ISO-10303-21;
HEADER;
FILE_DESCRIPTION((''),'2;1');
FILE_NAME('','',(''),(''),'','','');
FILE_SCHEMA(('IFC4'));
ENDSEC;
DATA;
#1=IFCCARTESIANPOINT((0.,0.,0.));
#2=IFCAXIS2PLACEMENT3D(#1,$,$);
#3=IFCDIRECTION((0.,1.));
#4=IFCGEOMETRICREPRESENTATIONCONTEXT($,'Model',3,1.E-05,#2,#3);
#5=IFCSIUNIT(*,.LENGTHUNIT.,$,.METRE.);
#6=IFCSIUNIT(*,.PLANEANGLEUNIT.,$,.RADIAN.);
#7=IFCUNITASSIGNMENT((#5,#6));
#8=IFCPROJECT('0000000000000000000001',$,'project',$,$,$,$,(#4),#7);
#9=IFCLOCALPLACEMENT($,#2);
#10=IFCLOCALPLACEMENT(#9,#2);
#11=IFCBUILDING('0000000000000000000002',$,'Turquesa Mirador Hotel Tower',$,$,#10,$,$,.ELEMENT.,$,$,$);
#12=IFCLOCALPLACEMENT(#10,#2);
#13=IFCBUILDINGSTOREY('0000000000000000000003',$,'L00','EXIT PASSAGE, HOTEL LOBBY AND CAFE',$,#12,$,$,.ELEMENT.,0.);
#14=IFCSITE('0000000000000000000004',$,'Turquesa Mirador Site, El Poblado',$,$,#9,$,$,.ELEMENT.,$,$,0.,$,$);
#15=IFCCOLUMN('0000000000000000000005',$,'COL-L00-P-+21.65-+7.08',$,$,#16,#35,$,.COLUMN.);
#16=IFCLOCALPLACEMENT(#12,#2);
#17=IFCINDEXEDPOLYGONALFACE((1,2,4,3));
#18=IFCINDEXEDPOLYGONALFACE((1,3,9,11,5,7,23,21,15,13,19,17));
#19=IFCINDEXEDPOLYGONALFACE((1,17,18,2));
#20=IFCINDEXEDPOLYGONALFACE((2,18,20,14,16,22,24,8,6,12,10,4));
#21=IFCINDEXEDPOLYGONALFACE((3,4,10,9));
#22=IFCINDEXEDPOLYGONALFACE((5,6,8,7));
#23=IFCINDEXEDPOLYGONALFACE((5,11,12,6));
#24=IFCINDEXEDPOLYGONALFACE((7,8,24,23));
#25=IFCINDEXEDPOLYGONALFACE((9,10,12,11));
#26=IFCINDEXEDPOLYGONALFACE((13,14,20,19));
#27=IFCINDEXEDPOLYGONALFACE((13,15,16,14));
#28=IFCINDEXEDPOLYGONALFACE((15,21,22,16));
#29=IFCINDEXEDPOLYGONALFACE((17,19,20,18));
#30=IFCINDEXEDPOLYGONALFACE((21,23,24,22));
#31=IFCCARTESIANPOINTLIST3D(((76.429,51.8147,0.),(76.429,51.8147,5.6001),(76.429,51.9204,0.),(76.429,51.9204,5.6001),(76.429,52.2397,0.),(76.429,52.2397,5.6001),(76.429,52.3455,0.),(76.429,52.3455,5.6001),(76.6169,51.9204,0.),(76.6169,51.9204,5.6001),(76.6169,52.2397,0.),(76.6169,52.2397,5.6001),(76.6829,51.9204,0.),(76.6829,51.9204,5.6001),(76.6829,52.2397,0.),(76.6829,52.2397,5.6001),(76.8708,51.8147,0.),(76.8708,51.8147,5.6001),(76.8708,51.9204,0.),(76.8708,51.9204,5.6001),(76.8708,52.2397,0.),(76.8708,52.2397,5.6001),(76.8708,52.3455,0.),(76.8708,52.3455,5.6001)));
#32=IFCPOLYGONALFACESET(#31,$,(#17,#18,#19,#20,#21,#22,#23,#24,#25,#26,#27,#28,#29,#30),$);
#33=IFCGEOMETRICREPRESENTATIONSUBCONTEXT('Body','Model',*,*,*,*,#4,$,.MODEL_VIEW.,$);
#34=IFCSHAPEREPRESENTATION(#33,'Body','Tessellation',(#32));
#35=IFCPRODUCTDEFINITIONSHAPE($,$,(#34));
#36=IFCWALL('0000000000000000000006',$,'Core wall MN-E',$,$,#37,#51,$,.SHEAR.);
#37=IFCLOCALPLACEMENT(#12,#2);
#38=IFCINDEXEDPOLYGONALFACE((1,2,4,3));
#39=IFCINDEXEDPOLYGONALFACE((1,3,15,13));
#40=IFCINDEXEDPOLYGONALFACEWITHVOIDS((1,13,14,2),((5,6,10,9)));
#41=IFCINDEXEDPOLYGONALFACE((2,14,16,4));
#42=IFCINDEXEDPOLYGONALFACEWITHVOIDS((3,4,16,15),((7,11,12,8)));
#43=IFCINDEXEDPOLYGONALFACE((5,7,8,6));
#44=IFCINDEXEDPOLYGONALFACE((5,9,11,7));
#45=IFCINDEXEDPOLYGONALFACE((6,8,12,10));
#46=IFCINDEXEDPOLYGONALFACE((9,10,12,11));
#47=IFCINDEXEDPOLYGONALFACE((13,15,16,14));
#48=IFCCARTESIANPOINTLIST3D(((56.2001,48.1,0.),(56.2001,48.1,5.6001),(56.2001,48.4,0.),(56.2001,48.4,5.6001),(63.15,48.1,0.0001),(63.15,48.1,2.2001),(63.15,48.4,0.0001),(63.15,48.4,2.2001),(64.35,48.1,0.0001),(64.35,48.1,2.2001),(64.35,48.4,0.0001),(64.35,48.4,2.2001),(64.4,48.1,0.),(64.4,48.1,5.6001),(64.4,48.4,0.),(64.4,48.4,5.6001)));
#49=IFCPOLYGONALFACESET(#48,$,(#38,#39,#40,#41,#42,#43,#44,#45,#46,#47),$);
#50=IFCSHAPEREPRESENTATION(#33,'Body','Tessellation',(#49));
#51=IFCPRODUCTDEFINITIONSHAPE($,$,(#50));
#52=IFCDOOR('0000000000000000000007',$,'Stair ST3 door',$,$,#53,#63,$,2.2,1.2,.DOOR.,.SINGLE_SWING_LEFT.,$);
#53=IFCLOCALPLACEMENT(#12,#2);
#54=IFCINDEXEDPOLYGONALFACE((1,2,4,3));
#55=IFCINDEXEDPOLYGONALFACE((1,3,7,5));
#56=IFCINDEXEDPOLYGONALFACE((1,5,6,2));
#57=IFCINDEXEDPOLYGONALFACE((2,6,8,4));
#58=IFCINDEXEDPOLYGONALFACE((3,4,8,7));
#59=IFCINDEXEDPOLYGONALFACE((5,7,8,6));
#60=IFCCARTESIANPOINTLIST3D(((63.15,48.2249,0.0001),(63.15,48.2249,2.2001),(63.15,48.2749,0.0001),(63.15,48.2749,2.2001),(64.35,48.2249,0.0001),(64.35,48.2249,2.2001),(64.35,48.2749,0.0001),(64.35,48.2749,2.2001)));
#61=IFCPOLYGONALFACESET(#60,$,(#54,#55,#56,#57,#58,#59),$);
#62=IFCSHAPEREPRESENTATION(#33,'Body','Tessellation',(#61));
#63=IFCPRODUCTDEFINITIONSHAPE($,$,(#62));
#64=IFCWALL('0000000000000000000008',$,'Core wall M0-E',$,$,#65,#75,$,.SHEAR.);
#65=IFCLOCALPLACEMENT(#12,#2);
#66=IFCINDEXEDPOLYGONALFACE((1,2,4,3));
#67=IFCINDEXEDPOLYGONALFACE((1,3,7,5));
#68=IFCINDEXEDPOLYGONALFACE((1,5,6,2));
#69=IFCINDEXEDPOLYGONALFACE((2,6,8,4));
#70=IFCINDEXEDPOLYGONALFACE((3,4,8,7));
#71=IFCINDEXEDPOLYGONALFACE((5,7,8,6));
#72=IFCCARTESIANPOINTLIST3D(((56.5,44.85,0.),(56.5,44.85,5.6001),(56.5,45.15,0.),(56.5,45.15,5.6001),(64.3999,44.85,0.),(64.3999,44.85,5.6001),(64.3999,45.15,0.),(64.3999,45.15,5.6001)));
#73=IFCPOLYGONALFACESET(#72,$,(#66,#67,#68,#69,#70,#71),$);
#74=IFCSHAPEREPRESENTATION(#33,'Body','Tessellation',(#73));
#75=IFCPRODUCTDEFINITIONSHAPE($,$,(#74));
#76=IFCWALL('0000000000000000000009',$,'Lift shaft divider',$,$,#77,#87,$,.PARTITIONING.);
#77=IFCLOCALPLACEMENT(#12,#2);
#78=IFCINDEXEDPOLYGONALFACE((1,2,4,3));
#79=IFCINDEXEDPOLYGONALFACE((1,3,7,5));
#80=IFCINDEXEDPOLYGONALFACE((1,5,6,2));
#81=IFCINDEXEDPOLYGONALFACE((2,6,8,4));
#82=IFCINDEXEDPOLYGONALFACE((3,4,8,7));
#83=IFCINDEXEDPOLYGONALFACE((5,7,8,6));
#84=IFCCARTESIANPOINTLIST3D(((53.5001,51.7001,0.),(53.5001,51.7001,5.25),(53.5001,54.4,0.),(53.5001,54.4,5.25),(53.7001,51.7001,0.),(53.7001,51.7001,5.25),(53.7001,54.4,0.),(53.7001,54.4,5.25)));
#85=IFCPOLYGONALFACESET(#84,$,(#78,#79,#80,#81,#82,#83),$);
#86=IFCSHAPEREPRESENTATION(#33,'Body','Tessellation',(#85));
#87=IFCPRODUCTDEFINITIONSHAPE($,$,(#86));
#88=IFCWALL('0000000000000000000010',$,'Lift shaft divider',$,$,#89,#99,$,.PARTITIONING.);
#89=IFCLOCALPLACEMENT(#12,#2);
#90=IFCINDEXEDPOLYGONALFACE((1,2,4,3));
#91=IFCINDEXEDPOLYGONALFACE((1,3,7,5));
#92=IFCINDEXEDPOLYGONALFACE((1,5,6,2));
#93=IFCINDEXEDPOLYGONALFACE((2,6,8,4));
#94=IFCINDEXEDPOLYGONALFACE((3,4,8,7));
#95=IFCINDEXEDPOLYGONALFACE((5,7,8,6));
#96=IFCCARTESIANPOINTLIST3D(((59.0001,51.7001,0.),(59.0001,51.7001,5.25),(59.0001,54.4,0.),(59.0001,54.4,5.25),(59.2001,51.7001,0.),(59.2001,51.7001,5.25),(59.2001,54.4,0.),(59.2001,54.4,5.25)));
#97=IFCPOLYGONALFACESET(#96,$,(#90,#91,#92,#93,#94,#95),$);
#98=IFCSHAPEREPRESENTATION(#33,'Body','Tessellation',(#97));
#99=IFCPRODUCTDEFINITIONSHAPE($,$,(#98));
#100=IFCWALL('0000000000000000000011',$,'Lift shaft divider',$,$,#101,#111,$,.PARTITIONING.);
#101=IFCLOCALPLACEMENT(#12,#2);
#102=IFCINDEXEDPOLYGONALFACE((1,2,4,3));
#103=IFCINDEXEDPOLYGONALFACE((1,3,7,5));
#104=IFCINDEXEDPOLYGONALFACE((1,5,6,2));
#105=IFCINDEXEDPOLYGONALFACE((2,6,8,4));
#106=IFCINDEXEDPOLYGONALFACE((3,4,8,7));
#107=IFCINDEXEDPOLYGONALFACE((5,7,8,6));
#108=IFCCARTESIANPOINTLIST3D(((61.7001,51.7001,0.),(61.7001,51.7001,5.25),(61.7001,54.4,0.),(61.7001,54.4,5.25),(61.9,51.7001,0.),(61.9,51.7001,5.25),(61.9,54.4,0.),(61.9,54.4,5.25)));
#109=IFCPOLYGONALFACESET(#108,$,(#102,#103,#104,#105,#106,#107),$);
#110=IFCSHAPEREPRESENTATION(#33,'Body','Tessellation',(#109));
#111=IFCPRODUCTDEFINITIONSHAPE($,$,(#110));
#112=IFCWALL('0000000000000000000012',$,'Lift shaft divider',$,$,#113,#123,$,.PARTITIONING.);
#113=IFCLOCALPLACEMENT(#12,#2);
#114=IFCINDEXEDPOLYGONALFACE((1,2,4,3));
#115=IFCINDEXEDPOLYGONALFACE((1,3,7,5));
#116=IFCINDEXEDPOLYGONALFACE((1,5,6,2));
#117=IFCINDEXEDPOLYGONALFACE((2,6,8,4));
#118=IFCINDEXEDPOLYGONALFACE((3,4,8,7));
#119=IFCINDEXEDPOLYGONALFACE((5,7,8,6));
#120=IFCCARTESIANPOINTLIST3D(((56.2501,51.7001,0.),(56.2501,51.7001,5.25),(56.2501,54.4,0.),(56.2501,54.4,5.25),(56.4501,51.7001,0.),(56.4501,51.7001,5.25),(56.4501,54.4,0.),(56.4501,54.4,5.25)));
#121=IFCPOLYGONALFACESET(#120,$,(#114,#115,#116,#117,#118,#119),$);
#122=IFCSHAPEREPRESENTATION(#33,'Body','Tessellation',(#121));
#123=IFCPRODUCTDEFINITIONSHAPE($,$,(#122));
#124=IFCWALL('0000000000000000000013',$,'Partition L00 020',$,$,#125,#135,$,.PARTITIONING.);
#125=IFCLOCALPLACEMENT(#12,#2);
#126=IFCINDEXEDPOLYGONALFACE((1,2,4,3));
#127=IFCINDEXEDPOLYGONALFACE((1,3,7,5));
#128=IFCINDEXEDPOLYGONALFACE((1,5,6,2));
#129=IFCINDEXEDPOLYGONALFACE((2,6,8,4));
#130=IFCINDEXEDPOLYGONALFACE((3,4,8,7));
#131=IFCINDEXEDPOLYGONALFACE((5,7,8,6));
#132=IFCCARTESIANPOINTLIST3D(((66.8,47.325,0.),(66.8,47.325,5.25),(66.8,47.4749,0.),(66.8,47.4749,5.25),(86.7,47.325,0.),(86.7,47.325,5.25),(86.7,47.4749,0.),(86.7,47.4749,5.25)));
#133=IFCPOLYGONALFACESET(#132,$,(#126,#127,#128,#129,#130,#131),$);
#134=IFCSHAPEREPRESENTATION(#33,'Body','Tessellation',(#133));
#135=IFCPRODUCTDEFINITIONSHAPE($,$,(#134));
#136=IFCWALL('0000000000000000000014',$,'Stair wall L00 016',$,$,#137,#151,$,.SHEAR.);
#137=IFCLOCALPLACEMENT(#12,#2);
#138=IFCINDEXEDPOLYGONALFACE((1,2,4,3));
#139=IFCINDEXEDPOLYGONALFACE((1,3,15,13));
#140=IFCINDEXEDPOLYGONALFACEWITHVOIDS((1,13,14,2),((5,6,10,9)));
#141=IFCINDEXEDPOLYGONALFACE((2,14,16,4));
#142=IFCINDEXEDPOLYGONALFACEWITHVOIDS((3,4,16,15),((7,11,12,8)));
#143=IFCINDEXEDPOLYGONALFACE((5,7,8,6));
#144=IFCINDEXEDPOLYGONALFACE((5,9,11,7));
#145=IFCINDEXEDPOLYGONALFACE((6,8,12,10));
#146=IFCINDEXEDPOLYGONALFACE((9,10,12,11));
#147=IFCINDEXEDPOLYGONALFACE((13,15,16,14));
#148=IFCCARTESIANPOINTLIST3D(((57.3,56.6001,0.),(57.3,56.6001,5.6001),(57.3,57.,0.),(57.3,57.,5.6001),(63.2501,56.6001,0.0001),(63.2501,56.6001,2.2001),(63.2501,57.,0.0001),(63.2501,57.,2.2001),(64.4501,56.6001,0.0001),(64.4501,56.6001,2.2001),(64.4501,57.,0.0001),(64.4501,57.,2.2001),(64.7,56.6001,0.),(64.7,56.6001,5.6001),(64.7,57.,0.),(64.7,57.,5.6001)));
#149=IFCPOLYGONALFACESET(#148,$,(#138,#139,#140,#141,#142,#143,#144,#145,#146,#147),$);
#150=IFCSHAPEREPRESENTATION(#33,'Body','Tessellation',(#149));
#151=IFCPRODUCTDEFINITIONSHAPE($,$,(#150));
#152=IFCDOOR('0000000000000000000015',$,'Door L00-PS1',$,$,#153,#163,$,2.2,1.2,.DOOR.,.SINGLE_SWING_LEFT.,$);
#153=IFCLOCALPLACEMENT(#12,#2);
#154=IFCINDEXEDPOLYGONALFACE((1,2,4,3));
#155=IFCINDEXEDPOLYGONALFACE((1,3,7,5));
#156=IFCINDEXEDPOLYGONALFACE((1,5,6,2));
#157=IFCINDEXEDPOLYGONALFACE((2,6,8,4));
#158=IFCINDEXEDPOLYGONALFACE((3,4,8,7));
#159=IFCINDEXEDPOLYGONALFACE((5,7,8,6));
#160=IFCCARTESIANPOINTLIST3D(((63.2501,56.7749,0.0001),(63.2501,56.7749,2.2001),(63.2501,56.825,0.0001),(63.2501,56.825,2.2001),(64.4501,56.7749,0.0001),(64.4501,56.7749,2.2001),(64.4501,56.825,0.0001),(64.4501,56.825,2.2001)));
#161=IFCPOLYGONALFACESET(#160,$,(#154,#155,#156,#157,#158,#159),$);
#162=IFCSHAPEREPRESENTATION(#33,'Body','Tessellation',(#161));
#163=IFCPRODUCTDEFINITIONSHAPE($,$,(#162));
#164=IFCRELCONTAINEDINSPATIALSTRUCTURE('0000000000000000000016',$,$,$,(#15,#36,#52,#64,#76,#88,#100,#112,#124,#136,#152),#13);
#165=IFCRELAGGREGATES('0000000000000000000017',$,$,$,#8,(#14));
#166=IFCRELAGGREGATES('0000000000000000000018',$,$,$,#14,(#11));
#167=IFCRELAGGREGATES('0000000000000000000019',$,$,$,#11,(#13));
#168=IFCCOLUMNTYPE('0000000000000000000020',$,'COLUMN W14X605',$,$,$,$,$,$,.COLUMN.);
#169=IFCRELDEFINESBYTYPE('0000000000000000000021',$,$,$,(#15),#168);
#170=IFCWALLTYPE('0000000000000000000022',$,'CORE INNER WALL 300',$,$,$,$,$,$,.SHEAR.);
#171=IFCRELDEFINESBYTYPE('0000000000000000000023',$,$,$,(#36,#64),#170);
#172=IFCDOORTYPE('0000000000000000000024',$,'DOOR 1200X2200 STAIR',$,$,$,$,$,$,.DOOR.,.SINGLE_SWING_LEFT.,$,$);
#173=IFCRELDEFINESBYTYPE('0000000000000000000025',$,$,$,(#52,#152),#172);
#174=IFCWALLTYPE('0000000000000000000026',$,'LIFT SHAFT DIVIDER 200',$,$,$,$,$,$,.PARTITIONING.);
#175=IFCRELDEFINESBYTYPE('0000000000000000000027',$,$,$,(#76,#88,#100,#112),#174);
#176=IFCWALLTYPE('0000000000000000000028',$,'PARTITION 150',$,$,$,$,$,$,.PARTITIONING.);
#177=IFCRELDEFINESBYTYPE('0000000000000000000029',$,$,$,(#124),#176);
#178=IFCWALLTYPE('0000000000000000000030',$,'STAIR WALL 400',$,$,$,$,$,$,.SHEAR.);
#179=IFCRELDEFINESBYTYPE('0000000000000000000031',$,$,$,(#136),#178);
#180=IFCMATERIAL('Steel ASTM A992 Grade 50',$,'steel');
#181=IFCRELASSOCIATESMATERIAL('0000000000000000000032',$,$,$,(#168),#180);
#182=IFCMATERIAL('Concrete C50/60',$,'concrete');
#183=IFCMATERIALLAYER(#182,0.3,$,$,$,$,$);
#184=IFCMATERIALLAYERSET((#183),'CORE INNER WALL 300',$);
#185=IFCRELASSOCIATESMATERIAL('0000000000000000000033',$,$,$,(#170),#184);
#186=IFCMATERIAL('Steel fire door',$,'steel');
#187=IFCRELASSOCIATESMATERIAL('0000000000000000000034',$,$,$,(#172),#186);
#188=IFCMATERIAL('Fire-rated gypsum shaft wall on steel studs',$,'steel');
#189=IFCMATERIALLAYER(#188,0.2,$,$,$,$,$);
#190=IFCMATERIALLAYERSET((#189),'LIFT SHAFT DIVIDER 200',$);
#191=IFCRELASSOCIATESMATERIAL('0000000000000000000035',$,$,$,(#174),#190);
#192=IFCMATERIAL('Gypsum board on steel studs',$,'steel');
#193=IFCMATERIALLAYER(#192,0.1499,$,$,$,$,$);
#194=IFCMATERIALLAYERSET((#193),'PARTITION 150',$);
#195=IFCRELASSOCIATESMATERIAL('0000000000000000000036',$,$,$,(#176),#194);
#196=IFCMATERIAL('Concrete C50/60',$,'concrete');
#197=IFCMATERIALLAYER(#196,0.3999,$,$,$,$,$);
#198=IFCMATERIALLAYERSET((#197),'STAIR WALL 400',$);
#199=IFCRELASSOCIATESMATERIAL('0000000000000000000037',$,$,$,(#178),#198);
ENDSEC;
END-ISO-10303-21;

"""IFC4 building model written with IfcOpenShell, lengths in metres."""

from ifc_helpers import new_model, si_unit, direction, frame, frame_2d, origin, origin_2d, place, context, subcontext, project, spatial, rectangle, i_section, extrude, material, layer, layer_set, material_profile, profile_set, type_object, element, fill, save


model = new_model("IFC4")

# Units and contexts
model_context = context("Model", 3, precision=1e-05, world=origin(), true_north=direction((0.0, 1.0)))
body_context = subcontext(model_context, "Body", "Model", "MODEL_VIEW")
ifc_project = project(units=[si_unit("LENGTHUNIT", "METRE"), si_unit("PLANEANGLEUNIT", "RADIAN")], contexts=[model_context])

# Site, building, storey
site_placement = place(None, origin())
site = spatial("IfcSite", under=ifc_project, at=site_placement, Name="Turquesa Mirador Site, El Poblado", CompositionType="ELEMENT", RefElevation=0.0)
building_placement = place(site_placement, origin())
building = spatial("IfcBuilding", under=site, at=building_placement, Name="Turquesa Mirador Hotel Tower", CompositionType="ELEMENT")
storey_placement = place(building_placement, origin())
storey = spatial("IfcBuildingStorey", under=building, at=storey_placement, Name="L00", Description="EXIT PASSAGE, HOTEL LOBBY AND CAFE", CompositionType="ELEMENT", Elevation=0.0)

# Column
ifc_material_1 = material(Name="Steel ASTM A992 Grade 50", Category="steel")
ifc_material_profile = material_profile(ifc_material_1, i_section(OverallWidth=0.4419, OverallDepth=0.5308, WebThickness=0.0659, FlangeThickness=0.1057, at=origin_2d()), Name="W14X605")
ifc_profile_set = profile_set([ifc_material_profile], Name="Steel ASTM A992 Grade 50")
column_type = type_object("IfcColumnType", Name="COLUMN W14X605", PredefinedType="COLUMN", material=ifc_profile_set)
column_placement = place(storey_placement, frame((76.6499, 52.0801, 0.0), z_axis=(0.0, 0.0, 1.0), x_axis=(1.0, 0.0, 0.0)))
element("IfcColumn", 1, at=column_placement, inside=storey, type_object=column_type, Name="COL-L00-P-+21.65-+7.08", PredefinedType="COLUMN", context=body_context, shape_type="SweptSolid", body=[
    extrude(i_section(OverallWidth=0.4419, OverallDepth=0.5308, WebThickness=0.0659, FlangeThickness=0.1057, at=origin_2d()), origin(), (0.0, 0.0, 1.0), 5.6001),
])

# Wall, opening, door
ifc_material_2 = material(Name="Concrete C50/60", Category="concrete")
ifc_layer_1 = layer(ifc_material_2, 0.3)
ifc_layer_set_1 = layer_set([ifc_layer_1], Name="CORE INNER WALL 300")
wall_type_1 = type_object("IfcWallType", Name="CORE INNER WALL 300", PredefinedType="SHEAR", material=ifc_layer_set_1)
wall_1_placement = place(storey_placement, frame((56.2, 48.25, 0.0), z_axis=(0.0, 0.0, 1.0), x_axis=(1.0, 0.0, 0.0)))
wall_1 = element("IfcWall", 2, at=wall_1_placement, inside=storey, type_object=wall_type_1, Name="Core wall MN-E", PredefinedType="SHEAR", context=body_context, shape_type="SweptSolid", body=[
    extrude(rectangle(XDim=8.2, YDim=0.3, at=frame_2d((4.1001, 0.0))), origin(), (0.0, 0.0, 1.0), 5.6001),
])
opening_1_placement = place(wall_1_placement, frame((6.95, 0.0, 0.0)))
opening_1 = element("IfcOpeningElement", 3, at=opening_1_placement, cuts=wall_1, PredefinedType="OPENING", context=body_context, shape_type="SweptSolid", body=[
    extrude(rectangle(XDim=1.2, YDim=2.2, at=frame_2d((0.6001, 1.1001))), frame((0.0, 0.1599, 0.0), z_axis=(0.0, -1.0, 0.0), x_axis=(1.0, 0.0, 0.0)), (0.0, 0.0, 1.0), 0.3201),
])
ifc_material_3 = material(Name="Steel fire door", Category="steel")
door_type = type_object("IfcDoorType", Name="DOOR 1200X2200 STAIR", OperationType="SINGLE_SWING_LEFT", PredefinedType="DOOR", material=ifc_material_3)
door_1_placement = place(opening_1_placement, origin())
door_1 = element("IfcDoor", 4, at=door_1_placement, inside=storey, type_object=door_type, Name="Stair ST3 door", OperationType="SINGLE_SWING_LEFT", OverallHeight=2.2, OverallWidth=1.2, PredefinedType="DOOR", context=body_context, shape_type="SweptSolid", body=[
    extrude(rectangle(XDim=1.2, YDim=2.2, at=frame_2d((0.6001, 1.1001))), frame((0.0, 0.0249, 0.0), z_axis=(0.0, -1.0, 0.0), x_axis=(1.0, 0.0, 0.0)), (0.0, 0.0, 1.0), 0.05),
])
fill(opening_1, door_1)

# Walls
wall_2_placement = place(storey_placement, frame((56.5, 45.0, 0.0), z_axis=(0.0, 0.0, 1.0), x_axis=(1.0, 0.0, 0.0)))
element("IfcWall", 5, at=wall_2_placement, inside=storey, type_object=wall_type_1, Name="Core wall M0-E", PredefinedType="SHEAR", context=body_context, shape_type="SweptSolid", body=[
    extrude(rectangle(XDim=7.8999, YDim=0.3, at=frame_2d((3.95, 0.0))), origin(), (0.0, 0.0, 1.0), 5.6001),
])
ifc_material_4 = material(Name="Fire-rated gypsum shaft wall on steel studs", Category="steel")
ifc_layer_2 = layer(ifc_material_4, 0.2)
ifc_layer_set_2 = layer_set([ifc_layer_2], Name="LIFT SHAFT DIVIDER 200")
wall_type_2 = type_object("IfcWallType", Name="LIFT SHAFT DIVIDER 200", PredefinedType="PARTITIONING", material=ifc_layer_set_2)
for number, where, z_axis, x_axis, name in (
    (6, (53.6001, 51.7, 0.0), (0.0, 0.0, 1.0), (0.0, 1.0, 0.0), "Lift shaft divider"),
    (7, (59.1001, 51.7, 0.0), (0.0, 0.0, 1.0), (0.0, 1.0, 0.0), "Lift shaft divider"),
    (8, (61.8, 51.7, 0.0), (0.0, 0.0, 1.0), (0.0, 1.0, 0.0), "Lift shaft divider"),
    (9, (56.3501, 51.7, 0.0), (0.0, 0.0, 1.0), (0.0, 1.0, 0.0), "Lift shaft divider"),
):
    element("IfcWall", number, at=place(storey_placement, frame(where, z_axis=z_axis, x_axis=x_axis)), inside=storey, type_object=wall_type_2, Name=name, PredefinedType="PARTITIONING", context=body_context, shape_type="SweptSolid", body=[
        extrude(rectangle(XDim=2.7, YDim=0.2, at=frame_2d((1.3501, 0.0))), origin(), (0.0, 0.0, 1.0), 5.25),
    ])
ifc_material_5 = material(Name="Gypsum board on steel studs", Category="steel")
ifc_layer_3 = layer(ifc_material_5, 0.1499)
ifc_layer_set_3 = layer_set([ifc_layer_3], Name="PARTITION 150")
wall_type_3 = type_object("IfcWallType", Name="PARTITION 150", PredefinedType="PARTITIONING", material=ifc_layer_set_3)
wall_3_placement = place(storey_placement, frame((66.8, 47.3999, 0.0), z_axis=(0.0, 0.0, 1.0), x_axis=(1.0, 0.0, 0.0)))
element("IfcWall", 10, at=wall_3_placement, inside=storey, type_object=wall_type_3, Name="Partition L00 020", PredefinedType="PARTITIONING", context=body_context, shape_type="SweptSolid", body=[
    extrude(rectangle(XDim=19.8999, YDim=0.1499, at=frame_2d((9.95, 0.0))), origin(), (0.0, 0.0, 1.0), 5.25),
])

# Wall, opening, door
ifc_material_6 = material(Name="Concrete C50/60", Category="concrete")
ifc_layer_4 = layer(ifc_material_6, 0.3999)
ifc_layer_set_4 = layer_set([ifc_layer_4], Name="STAIR WALL 400")
wall_type_4 = type_object("IfcWallType", Name="STAIR WALL 400", PredefinedType="SHEAR", material=ifc_layer_set_4)
wall_4_placement = place(storey_placement, frame((57.3, 56.8, 0.0), z_axis=(0.0, 0.0, 1.0), x_axis=(1.0, 0.0, 0.0)))
wall_4 = element("IfcWall", 11, at=wall_4_placement, inside=storey, type_object=wall_type_4, Name="Stair wall L00 016", PredefinedType="SHEAR", context=body_context, shape_type="SweptSolid", body=[
    extrude(rectangle(XDim=7.3999, YDim=0.3999, at=frame_2d((3.7, 0.0))), origin(), (0.0, 0.0, 1.0), 5.6001),
])
opening_2_placement = place(wall_4_placement, frame((5.95, 0.0, 0.0)))
opening_2 = element("IfcOpeningElement", 12, at=opening_2_placement, cuts=wall_4, PredefinedType="OPENING", context=body_context, shape_type="SweptSolid", body=[
    extrude(rectangle(XDim=1.2, YDim=2.2, at=frame_2d((0.6001, 1.1001))), frame((0.0, 0.21, 0.0), z_axis=(0.0, -1.0, 0.0), x_axis=(1.0, 0.0, 0.0)), (0.0, 0.0, 1.0), 0.4199),
])
door_2_placement = place(opening_2_placement, origin())
door_2 = element("IfcDoor", 13, at=door_2_placement, inside=storey, type_object=door_type, Name="Door L00-PS1", OperationType="SINGLE_SWING_LEFT", OverallHeight=2.2, OverallWidth=1.2, PredefinedType="DOOR", context=body_context, shape_type="SweptSolid", body=[
    extrude(rectangle(XDim=1.2, YDim=2.2, at=frame_2d((0.6001, 1.1001))), frame((0.0, 0.0249, 0.0), z_axis=(0.0, -1.0, 0.0), x_axis=(1.0, 0.0, 0.0)), (0.0, 0.0, 1.0), 0.05),
])
fill(opening_2, door_2)

save(model, "model.ifc")
